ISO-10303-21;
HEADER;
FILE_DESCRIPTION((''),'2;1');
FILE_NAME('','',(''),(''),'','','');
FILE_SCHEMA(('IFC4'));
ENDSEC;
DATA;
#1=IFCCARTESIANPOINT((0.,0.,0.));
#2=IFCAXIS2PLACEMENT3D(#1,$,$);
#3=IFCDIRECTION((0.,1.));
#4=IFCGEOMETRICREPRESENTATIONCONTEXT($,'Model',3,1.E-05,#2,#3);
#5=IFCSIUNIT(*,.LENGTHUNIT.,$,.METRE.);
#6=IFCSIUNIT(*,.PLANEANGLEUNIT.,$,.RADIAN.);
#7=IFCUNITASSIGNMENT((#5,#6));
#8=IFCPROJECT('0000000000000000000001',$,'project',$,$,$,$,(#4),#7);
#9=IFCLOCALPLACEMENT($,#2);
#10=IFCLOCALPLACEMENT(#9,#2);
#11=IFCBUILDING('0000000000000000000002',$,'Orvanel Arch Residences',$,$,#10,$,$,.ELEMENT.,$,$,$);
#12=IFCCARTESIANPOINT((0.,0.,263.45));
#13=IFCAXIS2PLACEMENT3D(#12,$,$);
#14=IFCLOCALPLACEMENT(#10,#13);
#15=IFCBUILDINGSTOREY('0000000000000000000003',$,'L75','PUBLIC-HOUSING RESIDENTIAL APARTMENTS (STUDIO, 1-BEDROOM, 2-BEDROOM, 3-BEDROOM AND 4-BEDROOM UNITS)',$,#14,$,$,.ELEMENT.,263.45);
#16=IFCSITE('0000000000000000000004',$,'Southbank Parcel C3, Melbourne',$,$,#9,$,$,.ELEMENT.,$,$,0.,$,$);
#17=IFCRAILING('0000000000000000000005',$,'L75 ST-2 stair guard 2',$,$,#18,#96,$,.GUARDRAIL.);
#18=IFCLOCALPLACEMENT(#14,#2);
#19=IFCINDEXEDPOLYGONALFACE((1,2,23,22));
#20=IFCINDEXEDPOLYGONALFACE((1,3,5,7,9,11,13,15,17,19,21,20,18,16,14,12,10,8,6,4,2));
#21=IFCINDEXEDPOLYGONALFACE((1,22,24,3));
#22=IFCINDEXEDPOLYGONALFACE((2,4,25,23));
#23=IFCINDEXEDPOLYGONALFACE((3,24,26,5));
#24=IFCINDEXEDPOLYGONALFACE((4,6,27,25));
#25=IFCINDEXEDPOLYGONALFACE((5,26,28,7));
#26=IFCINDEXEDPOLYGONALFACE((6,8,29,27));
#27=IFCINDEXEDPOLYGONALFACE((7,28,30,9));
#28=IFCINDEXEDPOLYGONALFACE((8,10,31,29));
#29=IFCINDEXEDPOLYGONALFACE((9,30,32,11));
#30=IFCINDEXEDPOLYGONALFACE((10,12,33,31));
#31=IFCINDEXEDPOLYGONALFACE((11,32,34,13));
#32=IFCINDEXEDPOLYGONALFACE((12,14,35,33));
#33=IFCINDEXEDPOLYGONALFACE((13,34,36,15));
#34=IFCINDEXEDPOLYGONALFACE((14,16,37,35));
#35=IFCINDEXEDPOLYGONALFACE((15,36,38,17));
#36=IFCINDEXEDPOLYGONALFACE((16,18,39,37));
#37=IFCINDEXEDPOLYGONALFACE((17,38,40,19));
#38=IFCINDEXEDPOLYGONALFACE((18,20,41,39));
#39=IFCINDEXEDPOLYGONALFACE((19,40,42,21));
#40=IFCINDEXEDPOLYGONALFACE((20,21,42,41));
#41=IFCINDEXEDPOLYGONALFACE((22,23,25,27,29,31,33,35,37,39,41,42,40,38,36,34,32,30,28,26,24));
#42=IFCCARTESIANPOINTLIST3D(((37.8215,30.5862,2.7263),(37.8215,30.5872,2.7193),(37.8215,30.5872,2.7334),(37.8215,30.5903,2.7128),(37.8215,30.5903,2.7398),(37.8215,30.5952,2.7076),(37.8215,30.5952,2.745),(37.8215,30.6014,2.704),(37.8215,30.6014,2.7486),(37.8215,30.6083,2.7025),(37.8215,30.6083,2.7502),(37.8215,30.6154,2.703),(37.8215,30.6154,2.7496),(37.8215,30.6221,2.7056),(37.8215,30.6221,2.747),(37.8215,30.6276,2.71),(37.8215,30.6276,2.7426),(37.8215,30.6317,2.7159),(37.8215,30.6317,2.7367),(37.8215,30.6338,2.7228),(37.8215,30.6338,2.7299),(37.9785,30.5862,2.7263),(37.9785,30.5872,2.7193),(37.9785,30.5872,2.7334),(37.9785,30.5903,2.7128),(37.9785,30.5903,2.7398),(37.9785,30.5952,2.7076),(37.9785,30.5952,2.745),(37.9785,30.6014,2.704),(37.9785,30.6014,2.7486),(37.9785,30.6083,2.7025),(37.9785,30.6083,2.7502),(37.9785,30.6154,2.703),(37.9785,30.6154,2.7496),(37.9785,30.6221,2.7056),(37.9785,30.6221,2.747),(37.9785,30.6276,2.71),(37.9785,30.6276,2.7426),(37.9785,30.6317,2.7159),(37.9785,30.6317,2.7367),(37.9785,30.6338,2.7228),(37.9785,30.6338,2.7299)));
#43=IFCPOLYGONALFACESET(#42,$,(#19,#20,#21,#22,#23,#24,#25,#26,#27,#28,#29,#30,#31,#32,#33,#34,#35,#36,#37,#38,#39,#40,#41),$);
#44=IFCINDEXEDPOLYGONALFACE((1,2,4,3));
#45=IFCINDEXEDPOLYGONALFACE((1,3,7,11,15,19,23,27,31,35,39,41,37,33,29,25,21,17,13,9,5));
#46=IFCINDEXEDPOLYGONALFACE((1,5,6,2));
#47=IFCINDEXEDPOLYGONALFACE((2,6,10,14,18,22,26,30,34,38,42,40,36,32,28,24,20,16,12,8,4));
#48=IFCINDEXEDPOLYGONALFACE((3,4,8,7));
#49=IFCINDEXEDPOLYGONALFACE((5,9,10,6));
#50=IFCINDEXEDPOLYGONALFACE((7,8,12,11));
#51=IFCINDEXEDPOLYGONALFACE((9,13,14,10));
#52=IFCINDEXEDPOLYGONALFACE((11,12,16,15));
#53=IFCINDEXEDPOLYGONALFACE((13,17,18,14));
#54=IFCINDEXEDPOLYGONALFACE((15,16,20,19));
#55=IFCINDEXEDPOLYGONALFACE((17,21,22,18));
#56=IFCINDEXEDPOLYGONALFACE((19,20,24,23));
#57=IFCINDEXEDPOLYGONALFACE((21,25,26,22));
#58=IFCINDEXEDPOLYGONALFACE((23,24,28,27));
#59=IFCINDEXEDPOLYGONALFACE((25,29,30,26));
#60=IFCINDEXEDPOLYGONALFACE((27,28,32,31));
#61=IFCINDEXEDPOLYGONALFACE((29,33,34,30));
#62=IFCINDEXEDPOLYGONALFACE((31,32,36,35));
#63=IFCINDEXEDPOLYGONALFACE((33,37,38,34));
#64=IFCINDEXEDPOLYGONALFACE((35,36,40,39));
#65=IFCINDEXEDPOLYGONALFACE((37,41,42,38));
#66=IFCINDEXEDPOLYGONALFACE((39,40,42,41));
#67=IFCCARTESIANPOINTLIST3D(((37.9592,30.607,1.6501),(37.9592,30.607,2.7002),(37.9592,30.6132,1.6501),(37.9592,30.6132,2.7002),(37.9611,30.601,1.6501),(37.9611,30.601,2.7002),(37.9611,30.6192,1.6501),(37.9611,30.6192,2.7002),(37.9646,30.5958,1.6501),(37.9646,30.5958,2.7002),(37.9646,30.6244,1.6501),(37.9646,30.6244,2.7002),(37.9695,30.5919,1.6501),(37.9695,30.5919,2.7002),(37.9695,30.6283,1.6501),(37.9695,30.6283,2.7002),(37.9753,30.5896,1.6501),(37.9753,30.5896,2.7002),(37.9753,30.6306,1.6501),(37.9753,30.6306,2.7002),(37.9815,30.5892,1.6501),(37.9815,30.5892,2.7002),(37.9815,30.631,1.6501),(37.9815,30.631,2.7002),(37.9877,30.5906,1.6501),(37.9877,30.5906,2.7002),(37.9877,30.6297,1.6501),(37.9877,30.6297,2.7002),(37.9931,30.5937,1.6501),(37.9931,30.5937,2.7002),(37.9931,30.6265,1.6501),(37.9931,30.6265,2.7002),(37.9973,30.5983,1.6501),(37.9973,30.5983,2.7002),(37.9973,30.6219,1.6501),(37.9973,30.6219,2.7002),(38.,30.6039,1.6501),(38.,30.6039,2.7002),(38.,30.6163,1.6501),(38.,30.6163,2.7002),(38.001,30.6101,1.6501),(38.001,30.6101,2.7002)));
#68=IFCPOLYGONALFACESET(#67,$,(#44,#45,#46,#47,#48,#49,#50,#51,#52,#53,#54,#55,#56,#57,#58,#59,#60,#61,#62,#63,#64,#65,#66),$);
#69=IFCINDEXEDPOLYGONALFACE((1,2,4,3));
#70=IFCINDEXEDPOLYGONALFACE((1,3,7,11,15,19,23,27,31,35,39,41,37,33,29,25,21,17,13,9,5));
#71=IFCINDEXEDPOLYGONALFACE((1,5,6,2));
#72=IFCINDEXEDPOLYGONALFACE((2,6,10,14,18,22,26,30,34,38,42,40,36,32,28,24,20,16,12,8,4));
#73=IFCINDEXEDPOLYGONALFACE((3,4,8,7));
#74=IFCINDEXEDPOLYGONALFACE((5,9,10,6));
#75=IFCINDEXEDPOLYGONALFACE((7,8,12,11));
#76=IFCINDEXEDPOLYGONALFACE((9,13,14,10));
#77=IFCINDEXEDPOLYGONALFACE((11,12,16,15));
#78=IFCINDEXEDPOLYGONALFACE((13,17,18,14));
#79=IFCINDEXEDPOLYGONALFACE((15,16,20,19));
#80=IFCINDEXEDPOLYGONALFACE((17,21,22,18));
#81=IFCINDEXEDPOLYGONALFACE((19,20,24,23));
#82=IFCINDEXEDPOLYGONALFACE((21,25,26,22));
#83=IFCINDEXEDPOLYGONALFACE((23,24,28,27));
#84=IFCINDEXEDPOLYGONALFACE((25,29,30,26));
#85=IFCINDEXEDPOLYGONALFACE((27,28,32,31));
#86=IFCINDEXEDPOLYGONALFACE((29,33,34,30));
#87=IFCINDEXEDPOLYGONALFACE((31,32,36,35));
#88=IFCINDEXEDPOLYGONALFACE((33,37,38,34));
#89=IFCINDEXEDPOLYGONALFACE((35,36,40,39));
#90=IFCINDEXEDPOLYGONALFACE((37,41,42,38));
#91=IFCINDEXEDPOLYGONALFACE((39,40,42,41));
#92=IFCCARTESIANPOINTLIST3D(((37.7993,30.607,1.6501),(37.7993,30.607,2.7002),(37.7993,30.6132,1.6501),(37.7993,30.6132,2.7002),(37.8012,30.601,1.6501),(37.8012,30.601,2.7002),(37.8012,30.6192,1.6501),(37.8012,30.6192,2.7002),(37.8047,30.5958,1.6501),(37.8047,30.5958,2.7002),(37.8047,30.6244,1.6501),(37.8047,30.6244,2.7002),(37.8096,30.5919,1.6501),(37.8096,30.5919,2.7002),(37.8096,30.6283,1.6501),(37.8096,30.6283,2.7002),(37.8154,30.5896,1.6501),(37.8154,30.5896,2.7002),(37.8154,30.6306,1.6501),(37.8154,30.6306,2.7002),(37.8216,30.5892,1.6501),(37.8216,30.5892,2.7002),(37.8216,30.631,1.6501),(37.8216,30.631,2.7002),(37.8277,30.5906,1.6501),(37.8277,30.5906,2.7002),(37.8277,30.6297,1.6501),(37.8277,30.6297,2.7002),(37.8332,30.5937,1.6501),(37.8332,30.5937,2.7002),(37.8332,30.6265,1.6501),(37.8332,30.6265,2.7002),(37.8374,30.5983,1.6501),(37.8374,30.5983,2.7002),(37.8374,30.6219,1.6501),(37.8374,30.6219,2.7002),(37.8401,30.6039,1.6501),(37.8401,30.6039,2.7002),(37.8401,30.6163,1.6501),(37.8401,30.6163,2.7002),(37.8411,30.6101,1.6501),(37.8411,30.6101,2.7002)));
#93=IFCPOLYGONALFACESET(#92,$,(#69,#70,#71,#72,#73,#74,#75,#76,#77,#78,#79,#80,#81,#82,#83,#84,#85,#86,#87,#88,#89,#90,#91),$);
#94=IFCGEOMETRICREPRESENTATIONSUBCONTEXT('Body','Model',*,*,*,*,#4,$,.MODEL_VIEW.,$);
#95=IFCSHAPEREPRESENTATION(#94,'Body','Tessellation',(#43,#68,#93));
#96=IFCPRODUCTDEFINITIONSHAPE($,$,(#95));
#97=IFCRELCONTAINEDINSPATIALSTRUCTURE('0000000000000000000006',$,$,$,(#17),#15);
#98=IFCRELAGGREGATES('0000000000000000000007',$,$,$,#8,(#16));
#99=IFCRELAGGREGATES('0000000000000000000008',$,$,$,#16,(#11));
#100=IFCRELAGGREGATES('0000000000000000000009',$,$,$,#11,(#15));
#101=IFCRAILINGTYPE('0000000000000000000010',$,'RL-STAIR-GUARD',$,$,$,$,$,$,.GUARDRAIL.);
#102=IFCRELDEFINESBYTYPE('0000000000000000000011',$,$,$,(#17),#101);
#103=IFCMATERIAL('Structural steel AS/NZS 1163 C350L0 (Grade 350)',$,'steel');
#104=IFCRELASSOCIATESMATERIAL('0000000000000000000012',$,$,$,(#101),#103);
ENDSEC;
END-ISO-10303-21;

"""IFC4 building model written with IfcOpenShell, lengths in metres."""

from ifc_helpers import new_model, si_unit, direction, frame, origin, origin_2d, place, context, subcontext, project, spatial, circle, extrude, material, type_object, element, save


model = new_model("IFC4")

# Units and contexts
model_context = context("Model", 3, precision=1e-05, world=origin(), true_north=direction((0.0, 1.0)))
body_context = subcontext(model_context, "Body", "Model", "MODEL_VIEW")
ifc_project = project(units=[si_unit("LENGTHUNIT", "METRE"), si_unit("PLANEANGLEUNIT", "RADIAN")], contexts=[model_context])

# Site, building, storey
site_placement = place(None, origin())
site = spatial("IfcSite", under=ifc_project, at=site_placement, Name="Southbank Parcel C3, Melbourne", CompositionType="ELEMENT", RefElevation=0.0)
building_placement = place(site_placement, origin())
building = spatial("IfcBuilding", under=site, at=building_placement, Name="Orvanel Arch Residences", CompositionType="ELEMENT")
storey_placement = place(building_placement, frame((0.0, 0.0, 263.45)))
storey = spatial("IfcBuildingStorey", under=building, at=storey_placement, Name="L75", Description="PUBLIC-HOUSING RESIDENTIAL APARTMENTS (STUDIO, 1-BEDROOM, 2-BEDROOM, 3-BEDROOM AND 4-BEDROOM UNITS)", CompositionType="ELEMENT", Elevation=263.45)

# Railing
ifc_material_1 = material(Name="Structural steel AS/NZS 1163 C350L0 (Grade 350)", Category="steel")
railing_type_1 = type_object("IfcRailingType", Name="RL-STAIR-GUARD", PredefinedType="GUARDRAIL", material=ifc_material_1)
railing_1_placement = place(storey_placement, frame((37.98, 30.6101, 1.6501)))
element("IfcRailing", 1, at=railing_1_placement, inside=storey, type_object=railing_type_1, Name="L75 ST-2 stair guard 2", PredefinedType="GUARDRAIL", context=body_context, shape_type="SweptSolid", body=[
    extrude(circle(Radius=0.0239, at=origin_2d()), frame((-0.0015, 0.0, 1.0762), z_axis=(-1.0, 0.0, 0.0), x_axis=(0.0, -1.0, 0.0)), (0.0, 0.0, 1.0), 0.157),
    extrude(circle(Radius=0.021, at=origin_2d()), origin(), (0.0, 0.0, 1.0), 1.05),
    extrude(circle(Radius=0.021, at=origin_2d()), frame((-0.1599, 0.0, 0.0)), (0.0, 0.0, 1.0), 1.05),
])

save(model, "model.ifc")
